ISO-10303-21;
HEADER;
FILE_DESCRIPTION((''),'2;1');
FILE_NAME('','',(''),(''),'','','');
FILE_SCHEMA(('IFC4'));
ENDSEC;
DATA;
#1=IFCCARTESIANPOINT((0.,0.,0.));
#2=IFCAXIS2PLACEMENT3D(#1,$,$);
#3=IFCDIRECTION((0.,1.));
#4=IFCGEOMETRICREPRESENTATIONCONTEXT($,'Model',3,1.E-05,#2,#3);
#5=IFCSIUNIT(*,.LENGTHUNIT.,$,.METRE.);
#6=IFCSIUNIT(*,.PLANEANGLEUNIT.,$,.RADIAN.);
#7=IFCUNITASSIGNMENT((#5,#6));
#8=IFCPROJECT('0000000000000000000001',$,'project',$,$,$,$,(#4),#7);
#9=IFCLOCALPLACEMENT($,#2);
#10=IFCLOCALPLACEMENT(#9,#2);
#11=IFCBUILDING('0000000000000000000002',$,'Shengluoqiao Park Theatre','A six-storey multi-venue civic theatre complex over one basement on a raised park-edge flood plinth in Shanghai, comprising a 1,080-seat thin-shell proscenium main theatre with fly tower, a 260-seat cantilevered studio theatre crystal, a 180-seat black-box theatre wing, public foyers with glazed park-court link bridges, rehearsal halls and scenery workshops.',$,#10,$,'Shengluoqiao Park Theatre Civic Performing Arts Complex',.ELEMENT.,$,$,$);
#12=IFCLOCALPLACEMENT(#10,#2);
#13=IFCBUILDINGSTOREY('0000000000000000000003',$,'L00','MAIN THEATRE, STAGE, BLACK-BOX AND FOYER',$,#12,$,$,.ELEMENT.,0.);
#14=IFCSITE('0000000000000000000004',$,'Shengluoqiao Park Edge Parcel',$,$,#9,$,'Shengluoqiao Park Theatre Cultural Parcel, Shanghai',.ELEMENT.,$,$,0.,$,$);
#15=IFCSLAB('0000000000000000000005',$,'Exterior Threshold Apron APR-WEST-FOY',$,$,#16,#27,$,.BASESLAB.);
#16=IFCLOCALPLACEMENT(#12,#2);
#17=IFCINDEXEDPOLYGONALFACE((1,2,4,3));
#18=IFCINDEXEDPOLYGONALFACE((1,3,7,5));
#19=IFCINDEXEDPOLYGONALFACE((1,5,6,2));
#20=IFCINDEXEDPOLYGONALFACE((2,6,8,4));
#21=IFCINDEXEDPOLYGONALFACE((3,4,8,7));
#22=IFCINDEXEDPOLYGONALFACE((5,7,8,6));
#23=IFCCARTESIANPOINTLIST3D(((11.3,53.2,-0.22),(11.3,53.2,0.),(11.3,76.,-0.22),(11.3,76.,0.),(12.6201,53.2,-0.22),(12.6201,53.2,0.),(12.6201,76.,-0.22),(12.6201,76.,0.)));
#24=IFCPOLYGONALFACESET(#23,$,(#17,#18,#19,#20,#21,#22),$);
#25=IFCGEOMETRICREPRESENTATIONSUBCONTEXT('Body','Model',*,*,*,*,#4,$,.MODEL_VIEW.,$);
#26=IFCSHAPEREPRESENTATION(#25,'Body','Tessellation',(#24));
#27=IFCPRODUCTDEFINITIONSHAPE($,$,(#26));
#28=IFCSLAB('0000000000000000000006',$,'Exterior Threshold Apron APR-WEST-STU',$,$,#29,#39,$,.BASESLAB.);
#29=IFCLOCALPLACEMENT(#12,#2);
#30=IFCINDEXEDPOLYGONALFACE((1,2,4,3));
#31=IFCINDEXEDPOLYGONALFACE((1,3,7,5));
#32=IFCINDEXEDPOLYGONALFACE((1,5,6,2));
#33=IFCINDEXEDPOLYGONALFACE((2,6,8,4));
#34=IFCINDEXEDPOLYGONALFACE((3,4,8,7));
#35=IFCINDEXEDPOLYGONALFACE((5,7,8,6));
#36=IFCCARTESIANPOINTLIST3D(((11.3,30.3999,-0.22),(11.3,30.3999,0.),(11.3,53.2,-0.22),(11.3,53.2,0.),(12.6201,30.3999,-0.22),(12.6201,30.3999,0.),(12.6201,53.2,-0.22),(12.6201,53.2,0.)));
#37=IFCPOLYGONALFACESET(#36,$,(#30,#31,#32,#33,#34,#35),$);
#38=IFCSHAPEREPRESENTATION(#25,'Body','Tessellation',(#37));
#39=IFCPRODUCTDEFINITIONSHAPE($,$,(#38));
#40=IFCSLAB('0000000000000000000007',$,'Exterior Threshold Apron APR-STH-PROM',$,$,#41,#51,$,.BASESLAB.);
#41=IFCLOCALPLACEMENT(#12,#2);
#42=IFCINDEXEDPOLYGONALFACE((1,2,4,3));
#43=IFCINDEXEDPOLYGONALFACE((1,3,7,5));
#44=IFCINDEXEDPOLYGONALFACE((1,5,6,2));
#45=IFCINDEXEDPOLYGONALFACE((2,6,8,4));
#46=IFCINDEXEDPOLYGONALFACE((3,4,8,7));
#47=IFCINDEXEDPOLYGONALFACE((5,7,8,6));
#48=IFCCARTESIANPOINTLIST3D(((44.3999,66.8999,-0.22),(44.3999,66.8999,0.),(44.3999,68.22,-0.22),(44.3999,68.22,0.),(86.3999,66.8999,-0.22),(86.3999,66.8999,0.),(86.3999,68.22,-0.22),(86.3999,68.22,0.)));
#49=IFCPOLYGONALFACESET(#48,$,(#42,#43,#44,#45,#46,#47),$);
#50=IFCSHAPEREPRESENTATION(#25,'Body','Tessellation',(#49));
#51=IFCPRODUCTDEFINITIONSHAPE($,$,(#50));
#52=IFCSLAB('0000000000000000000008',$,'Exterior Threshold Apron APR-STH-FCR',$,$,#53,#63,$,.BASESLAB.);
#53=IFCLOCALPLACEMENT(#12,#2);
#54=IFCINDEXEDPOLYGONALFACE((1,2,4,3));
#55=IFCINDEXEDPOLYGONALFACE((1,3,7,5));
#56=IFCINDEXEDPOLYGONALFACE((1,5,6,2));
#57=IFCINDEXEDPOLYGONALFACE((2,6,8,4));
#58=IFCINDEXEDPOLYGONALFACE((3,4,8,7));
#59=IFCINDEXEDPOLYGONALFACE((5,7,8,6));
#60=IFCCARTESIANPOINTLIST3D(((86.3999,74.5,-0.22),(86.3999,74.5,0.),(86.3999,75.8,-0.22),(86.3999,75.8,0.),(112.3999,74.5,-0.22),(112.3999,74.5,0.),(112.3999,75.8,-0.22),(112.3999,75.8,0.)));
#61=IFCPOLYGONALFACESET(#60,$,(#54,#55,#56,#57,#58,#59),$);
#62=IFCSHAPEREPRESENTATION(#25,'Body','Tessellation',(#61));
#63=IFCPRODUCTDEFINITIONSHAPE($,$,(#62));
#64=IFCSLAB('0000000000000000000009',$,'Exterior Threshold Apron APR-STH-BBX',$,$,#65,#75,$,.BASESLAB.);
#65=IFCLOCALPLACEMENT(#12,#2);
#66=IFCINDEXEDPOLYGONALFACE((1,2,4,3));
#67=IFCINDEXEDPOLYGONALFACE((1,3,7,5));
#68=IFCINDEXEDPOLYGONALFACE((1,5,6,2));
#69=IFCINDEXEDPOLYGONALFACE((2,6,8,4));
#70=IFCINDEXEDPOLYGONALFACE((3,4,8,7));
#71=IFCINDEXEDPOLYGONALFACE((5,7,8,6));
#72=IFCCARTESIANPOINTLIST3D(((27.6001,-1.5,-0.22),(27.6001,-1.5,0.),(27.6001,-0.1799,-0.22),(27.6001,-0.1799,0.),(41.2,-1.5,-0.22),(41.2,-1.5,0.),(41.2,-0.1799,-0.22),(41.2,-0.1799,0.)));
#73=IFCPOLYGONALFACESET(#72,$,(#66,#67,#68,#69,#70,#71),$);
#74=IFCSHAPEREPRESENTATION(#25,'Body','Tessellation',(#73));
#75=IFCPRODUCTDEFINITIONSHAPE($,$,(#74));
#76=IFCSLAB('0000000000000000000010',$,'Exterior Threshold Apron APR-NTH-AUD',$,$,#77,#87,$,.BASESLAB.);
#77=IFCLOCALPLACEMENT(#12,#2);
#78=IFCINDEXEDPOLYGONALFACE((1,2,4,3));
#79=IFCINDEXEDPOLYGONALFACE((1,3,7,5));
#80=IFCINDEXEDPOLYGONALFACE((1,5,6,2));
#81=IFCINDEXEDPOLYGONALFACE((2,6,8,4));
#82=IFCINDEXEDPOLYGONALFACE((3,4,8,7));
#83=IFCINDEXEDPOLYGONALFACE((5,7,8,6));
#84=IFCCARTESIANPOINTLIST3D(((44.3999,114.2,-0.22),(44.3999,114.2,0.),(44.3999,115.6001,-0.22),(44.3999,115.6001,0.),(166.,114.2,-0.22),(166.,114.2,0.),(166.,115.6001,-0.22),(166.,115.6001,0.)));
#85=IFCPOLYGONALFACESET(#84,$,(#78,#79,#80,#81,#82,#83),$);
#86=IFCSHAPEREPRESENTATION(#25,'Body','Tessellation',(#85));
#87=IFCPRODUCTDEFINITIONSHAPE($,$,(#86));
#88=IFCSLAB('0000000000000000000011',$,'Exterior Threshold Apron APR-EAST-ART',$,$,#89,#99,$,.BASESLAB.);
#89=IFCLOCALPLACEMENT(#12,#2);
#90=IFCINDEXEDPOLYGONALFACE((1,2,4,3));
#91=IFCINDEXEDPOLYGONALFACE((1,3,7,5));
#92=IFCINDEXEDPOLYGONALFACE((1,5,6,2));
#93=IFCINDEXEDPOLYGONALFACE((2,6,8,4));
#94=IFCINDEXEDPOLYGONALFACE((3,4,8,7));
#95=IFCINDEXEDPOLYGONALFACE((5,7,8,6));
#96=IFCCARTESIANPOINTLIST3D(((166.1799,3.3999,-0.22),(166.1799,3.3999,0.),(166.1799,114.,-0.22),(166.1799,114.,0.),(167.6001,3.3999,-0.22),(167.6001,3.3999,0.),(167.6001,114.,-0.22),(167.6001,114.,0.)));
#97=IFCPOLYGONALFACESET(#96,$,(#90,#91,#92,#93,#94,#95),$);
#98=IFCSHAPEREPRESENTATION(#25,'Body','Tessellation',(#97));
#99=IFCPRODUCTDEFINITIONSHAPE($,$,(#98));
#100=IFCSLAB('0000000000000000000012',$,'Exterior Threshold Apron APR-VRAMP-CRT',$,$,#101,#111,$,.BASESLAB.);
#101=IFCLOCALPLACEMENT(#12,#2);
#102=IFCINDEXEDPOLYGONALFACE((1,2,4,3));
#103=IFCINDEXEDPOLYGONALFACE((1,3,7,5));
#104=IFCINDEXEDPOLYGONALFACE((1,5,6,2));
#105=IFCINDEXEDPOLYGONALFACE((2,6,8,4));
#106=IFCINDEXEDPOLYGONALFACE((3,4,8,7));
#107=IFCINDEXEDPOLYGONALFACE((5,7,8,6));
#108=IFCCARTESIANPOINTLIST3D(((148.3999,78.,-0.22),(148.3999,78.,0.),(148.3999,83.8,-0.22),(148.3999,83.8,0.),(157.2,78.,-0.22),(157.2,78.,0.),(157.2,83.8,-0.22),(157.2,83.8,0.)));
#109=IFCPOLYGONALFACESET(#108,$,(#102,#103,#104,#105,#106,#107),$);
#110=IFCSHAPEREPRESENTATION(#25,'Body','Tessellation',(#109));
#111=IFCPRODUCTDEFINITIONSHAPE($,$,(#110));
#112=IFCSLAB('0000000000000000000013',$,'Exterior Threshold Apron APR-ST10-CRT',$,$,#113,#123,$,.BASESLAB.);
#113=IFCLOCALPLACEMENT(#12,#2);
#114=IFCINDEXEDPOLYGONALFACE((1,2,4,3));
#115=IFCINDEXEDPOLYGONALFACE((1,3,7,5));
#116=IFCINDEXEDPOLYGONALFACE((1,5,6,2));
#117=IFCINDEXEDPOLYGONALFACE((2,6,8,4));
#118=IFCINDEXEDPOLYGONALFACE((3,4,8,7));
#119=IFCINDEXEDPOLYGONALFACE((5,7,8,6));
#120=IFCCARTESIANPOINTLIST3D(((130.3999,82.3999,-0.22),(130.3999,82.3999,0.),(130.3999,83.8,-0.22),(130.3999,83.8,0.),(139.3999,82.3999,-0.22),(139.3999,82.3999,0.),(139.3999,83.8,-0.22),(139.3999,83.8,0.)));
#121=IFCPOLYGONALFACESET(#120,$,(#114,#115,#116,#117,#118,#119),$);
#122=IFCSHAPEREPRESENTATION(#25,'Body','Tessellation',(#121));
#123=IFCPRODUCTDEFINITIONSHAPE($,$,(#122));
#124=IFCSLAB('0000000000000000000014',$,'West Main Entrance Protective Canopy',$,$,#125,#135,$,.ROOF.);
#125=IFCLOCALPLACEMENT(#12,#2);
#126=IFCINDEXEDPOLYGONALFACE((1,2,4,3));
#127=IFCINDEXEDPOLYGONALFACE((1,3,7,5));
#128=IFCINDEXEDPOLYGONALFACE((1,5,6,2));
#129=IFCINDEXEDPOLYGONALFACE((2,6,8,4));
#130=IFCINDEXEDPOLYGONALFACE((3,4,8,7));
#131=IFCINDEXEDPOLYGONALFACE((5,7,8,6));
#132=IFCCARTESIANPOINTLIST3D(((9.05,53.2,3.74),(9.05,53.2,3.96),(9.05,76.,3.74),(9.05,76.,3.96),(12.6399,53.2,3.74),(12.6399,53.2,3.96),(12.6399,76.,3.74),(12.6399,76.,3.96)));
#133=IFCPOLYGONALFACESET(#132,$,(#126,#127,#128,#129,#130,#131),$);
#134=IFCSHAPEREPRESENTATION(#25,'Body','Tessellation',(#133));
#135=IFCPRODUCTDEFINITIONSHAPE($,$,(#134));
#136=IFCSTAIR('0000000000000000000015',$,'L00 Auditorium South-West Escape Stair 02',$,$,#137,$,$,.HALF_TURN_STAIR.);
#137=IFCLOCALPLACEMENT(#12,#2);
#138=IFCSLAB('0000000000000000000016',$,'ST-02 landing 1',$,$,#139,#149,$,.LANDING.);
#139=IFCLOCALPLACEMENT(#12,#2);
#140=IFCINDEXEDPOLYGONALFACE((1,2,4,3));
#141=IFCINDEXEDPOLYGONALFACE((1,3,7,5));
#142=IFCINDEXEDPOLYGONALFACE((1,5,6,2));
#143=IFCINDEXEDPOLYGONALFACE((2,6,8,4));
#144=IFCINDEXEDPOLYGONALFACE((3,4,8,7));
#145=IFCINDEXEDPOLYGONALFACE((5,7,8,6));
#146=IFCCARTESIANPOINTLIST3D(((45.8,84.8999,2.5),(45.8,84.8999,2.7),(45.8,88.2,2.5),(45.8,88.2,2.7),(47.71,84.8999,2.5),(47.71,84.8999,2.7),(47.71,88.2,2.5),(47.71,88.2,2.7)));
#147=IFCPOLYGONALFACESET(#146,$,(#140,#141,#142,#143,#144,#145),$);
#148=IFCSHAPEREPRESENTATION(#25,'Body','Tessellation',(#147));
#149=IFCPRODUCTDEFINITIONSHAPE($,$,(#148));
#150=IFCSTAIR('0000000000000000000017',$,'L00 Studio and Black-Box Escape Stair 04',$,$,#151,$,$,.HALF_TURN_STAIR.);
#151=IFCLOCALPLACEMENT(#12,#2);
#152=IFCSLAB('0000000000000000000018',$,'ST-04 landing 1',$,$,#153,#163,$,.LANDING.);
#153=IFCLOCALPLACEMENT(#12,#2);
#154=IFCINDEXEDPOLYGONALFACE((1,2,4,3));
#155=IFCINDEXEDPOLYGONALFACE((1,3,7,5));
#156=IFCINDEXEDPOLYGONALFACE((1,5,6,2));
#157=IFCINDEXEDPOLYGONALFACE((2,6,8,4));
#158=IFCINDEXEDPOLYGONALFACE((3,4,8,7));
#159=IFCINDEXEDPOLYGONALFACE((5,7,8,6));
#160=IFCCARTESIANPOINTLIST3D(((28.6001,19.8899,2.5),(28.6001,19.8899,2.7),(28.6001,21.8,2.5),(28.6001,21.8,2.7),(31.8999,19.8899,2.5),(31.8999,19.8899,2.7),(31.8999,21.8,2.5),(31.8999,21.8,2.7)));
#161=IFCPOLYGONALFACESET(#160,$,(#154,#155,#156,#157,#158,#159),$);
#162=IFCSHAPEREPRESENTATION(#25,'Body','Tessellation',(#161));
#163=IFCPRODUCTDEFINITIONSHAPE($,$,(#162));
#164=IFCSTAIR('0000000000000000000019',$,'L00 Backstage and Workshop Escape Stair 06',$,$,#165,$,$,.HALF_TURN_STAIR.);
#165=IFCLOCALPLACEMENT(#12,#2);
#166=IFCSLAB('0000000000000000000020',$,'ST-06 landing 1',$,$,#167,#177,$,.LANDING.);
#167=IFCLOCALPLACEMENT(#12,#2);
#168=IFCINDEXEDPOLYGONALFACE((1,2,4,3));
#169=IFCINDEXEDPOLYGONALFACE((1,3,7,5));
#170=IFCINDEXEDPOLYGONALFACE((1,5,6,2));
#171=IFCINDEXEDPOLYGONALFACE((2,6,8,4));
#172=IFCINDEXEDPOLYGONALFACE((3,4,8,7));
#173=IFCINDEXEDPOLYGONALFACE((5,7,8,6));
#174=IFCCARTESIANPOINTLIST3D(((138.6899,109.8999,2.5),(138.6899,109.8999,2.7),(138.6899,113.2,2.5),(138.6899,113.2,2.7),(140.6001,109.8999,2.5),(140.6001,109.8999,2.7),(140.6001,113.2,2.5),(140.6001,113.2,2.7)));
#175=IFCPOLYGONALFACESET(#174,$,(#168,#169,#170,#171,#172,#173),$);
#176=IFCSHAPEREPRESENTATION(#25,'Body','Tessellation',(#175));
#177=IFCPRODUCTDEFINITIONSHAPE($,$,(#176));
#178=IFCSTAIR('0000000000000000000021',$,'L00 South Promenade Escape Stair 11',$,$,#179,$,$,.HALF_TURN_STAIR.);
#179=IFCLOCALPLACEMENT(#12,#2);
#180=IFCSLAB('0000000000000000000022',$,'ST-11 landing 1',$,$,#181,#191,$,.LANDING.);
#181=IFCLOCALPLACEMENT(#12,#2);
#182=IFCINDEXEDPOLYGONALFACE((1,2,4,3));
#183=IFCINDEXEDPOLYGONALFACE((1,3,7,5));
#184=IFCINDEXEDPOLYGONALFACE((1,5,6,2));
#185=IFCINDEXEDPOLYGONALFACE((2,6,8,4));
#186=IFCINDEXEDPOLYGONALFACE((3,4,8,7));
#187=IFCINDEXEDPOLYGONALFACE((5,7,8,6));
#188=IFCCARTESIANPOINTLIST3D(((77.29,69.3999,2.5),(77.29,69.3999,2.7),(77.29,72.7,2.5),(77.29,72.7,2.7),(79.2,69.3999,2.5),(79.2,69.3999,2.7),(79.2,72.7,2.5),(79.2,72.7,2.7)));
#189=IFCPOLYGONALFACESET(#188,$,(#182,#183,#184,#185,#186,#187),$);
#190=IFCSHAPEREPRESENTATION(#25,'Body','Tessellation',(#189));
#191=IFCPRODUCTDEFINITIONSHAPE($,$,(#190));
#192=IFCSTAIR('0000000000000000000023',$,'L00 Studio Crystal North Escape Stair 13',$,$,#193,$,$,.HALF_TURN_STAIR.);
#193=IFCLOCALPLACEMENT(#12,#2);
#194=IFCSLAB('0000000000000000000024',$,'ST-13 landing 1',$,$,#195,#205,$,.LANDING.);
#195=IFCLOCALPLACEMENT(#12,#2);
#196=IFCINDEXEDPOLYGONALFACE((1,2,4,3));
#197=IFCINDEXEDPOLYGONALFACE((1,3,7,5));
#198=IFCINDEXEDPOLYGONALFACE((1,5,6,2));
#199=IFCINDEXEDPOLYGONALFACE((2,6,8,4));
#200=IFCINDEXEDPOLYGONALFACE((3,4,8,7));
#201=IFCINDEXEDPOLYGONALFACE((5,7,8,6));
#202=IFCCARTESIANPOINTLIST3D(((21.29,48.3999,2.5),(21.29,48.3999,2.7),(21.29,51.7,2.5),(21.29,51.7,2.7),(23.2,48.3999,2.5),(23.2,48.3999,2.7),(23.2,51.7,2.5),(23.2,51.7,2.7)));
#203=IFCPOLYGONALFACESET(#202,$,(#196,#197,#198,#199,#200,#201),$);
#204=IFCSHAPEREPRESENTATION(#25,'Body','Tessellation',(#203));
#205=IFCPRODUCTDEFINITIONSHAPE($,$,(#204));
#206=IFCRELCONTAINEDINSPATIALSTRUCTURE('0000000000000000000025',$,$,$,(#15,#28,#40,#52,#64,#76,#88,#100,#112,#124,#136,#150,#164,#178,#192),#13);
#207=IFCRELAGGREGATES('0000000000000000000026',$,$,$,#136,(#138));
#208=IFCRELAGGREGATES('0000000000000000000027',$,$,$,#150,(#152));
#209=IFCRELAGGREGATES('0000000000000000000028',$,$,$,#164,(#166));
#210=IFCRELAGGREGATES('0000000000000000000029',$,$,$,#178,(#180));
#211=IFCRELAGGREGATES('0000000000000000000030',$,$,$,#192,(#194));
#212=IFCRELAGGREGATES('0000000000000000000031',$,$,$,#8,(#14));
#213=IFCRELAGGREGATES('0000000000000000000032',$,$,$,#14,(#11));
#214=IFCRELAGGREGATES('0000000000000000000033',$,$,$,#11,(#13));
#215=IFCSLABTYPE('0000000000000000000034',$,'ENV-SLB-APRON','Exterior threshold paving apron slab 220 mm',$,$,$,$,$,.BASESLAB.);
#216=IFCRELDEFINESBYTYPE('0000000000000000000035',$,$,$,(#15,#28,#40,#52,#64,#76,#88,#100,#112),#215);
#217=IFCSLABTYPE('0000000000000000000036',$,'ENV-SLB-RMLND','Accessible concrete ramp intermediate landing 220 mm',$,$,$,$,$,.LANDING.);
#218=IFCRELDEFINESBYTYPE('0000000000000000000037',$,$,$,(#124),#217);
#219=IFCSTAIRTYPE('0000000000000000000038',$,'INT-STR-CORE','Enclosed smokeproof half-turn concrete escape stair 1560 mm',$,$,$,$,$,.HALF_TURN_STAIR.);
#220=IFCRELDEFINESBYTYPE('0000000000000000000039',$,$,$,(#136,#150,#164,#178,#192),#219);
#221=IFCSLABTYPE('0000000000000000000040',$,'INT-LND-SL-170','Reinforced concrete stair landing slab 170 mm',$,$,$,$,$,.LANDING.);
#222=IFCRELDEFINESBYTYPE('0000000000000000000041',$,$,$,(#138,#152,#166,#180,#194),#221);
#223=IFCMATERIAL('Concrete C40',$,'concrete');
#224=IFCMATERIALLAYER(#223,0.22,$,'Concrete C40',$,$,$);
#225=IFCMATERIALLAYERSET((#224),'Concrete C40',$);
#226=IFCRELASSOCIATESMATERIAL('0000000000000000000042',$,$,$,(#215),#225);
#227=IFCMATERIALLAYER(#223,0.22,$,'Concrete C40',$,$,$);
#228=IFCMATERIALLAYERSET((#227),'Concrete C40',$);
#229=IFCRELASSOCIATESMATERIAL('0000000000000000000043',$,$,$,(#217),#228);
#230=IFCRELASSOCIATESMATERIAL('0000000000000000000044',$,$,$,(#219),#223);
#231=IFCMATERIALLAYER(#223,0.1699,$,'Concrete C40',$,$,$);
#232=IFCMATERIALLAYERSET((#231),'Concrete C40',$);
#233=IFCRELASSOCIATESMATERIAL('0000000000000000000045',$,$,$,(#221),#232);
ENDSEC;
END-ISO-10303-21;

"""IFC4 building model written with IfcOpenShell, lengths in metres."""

from ifc_helpers import new_model, si_unit, direction, frame, origin, place, context, subcontext, project, spatial, polyline, outline, extrude, material, layer, layer_set, type_object, element, aggregate, save


model = new_model("IFC4")

# Units and contexts
model_context = context("Model", 3, precision=1e-05, world=origin(), true_north=direction((0.0, 1.0)))
body_context = subcontext(model_context, "Body", "Model", "MODEL_VIEW")
ifc_project = project(units=[si_unit("LENGTHUNIT", "METRE"), si_unit("PLANEANGLEUNIT", "RADIAN")], contexts=[model_context])

# Site, building, storey
site_placement = place(None, origin())
site = spatial("IfcSite", under=ifc_project, at=site_placement, Name="Shengluoqiao Park Edge Parcel", LongName="Shengluoqiao Park Theatre Cultural Parcel, Shanghai", CompositionType="ELEMENT", RefElevation=0.0)
building_placement = place(site_placement, origin())
building = spatial("IfcBuilding", under=site, at=building_placement, Name="Shengluoqiao Park Theatre", Description="A six-storey multi-venue civic theatre complex over one basement on a raised park-edge flood plinth in Shanghai, comprising a 1,080-seat thin-shell proscenium main theatre with fly tower, a 260-seat cantilevered studio theatre crystal, a 180-seat black-box theatre wing, public foyers with glazed park-court link bridges, rehearsal halls and scenery workshops.", LongName="Shengluoqiao Park Theatre Civic Performing Arts Complex", CompositionType="ELEMENT")
storey_placement = place(building_placement, origin())
storey = spatial("IfcBuildingStorey", under=building, at=storey_placement, Name="L00", Description="MAIN THEATRE, STAGE, BLACK-BOX AND FOYER", CompositionType="ELEMENT", Elevation=0.0)

# Slabs
ifc_material_1 = material(Name="Concrete C40", Category="concrete")
ifc_layer_1 = layer(ifc_material_1, 0.22, Name="Concrete C40")
ifc_layer_set_1 = layer_set([ifc_layer_1], Name="Concrete C40")
slab_type_1 = type_object("IfcSlabType", Name="ENV-SLB-APRON", Description="Exterior threshold paving apron slab 220 mm", PredefinedType="BASESLAB", material=ifc_layer_set_1)
slab_1_placement = place(storey_placement, frame((0.0, 0.0, -0.22)))
element("IfcSlab", 1, at=slab_1_placement, inside=storey, type_object=slab_type_1, Name="Exterior Threshold Apron APR-WEST-FOY", PredefinedType="BASESLAB", context=body_context, shape_type="SweptSolid", body=[
    extrude(outline(polyline([(11.3, 53.2), (12.6201, 53.2), (12.6201, 76.0), (11.3, 76.0), (11.3, 53.2)])), origin(), (0.0, 0.0, 1.0), 0.22),
])
slab_2_placement = place(storey_placement, frame((0.0, 0.0, -0.22)))
element("IfcSlab", 2, at=slab_2_placement, inside=storey, type_object=slab_type_1, Name="Exterior Threshold Apron APR-WEST-STU", PredefinedType="BASESLAB", context=body_context, shape_type="SweptSolid", body=[
    extrude(outline(polyline([(11.3, 30.3999), (12.6201, 30.3999), (12.6201, 53.2), (11.3, 53.2), (11.3, 30.3999)])), origin(), (0.0, 0.0, 1.0), 0.22),
])
slab_3_placement = place(storey_placement, frame((0.0, 0.0, -0.22)))
element("IfcSlab", 3, at=slab_3_placement, inside=storey, type_object=slab_type_1, Name="Exterior Threshold Apron APR-STH-PROM", PredefinedType="BASESLAB", context=body_context, shape_type="SweptSolid", body=[
    extrude(outline(polyline([(44.3999, 66.8999), (86.3999, 66.8999), (86.3999, 68.22), (44.3999, 68.22), (44.3999, 66.8999)])), origin(), (0.0, 0.0, 1.0), 0.22),
])
slab_4_placement = place(storey_placement, frame((0.0, 0.0, -0.22)))
element("IfcSlab", 4, at=slab_4_placement, inside=storey, type_object=slab_type_1, Name="Exterior Threshold Apron APR-STH-FCR", PredefinedType="BASESLAB", context=body_context, shape_type="SweptSolid", body=[
    extrude(outline(polyline([(86.3999, 74.5), (112.3999, 74.5), (112.3999, 75.8), (86.3999, 75.8), (86.3999, 74.5)])), origin(), (0.0, 0.0, 1.0), 0.22),
])
slab_5_placement = place(storey_placement, frame((0.0, 0.0, -0.22)))
element("IfcSlab", 5, at=slab_5_placement, inside=storey, type_object=slab_type_1, Name="Exterior Threshold Apron APR-STH-BBX", PredefinedType="BASESLAB", context=body_context, shape_type="SweptSolid", body=[
    extrude(outline(polyline([(27.6001, -1.5), (41.2, -1.5), (41.2, -0.1799), (27.6001, -0.1799), (27.6001, -1.5)])), origin(), (0.0, 0.0, 1.0), 0.22),
])
slab_6_placement = place(storey_placement, frame((0.0, 0.0, -0.22)))
element("IfcSlab", 6, at=slab_6_placement, inside=storey, type_object=slab_type_1, Name="Exterior Threshold Apron APR-NTH-AUD", PredefinedType="BASESLAB", context=body_context, shape_type="SweptSolid", body=[
    extrude(outline(polyline([(44.3999, 114.2), (166.0, 114.2), (166.0, 115.6001), (44.3999, 115.6001), (44.3999, 114.2)])), origin(), (0.0, 0.0, 1.0), 0.22),
])
slab_7_placement = place(storey_placement, frame((0.0, 0.0, -0.22)))
element("IfcSlab", 7, at=slab_7_placement, inside=storey, type_object=slab_type_1, Name="Exterior Threshold Apron APR-EAST-ART", PredefinedType="BASESLAB", context=body_context, shape_type="SweptSolid", body=[
    extrude(outline(polyline([(166.1799, 3.3999), (167.6001, 3.3999), (167.6001, 114.0), (166.1799, 114.0), (166.1799, 3.3999)])), origin(), (0.0, 0.0, 1.0), 0.22),
])
slab_8_placement = place(storey_placement, frame((0.0, 0.0, -0.22)))
element("IfcSlab", 8, at=slab_8_placement, inside=storey, type_object=slab_type_1, Name="Exterior Threshold Apron APR-VRAMP-CRT", PredefinedType="BASESLAB", context=body_context, shape_type="SweptSolid", body=[
    extrude(outline(polyline([(148.3999, 78.0), (157.2, 78.0), (157.2, 83.8), (148.3999, 83.8), (148.3999, 78.0)])), origin(), (0.0, 0.0, 1.0), 0.22),
])
slab_9_placement = place(storey_placement, frame((0.0, 0.0, -0.22)))
element("IfcSlab", 9, at=slab_9_placement, inside=storey, type_object=slab_type_1, Name="Exterior Threshold Apron APR-ST10-CRT", PredefinedType="BASESLAB", context=body_context, shape_type="SweptSolid", body=[
    extrude(outline(polyline([(130.3999, 82.3999), (139.3999, 82.3999), (139.3999, 83.8), (130.3999, 83.8), (130.3999, 82.3999)])), origin(), (0.0, 0.0, 1.0), 0.22),
])
ifc_layer_2 = layer(ifc_material_1, 0.22, Name="Concrete C40")
ifc_layer_set_2 = layer_set([ifc_layer_2], Name="Concrete C40")
slab_type_2 = type_object("IfcSlabType", Name="ENV-SLB-RMLND", Description="Accessible concrete ramp intermediate landing 220 mm", PredefinedType="LANDING", material=ifc_layer_set_2)
slab_10_placement = place(storey_placement, frame((0.0, 0.0, 3.74)))
element("IfcSlab", 10, at=slab_10_placement, inside=storey, type_object=slab_type_2, Name="West Main Entrance Protective Canopy", PredefinedType="ROOF", context=body_context, shape_type="SweptSolid", body=[
    extrude(outline(polyline([(9.05, 53.2), (12.6399, 53.2), (12.6399, 76.0), (9.05, 76.0), (9.05, 53.2)])), origin(), (0.0, 0.0, 1.0), 0.22),
])

# Stairs, slabs
stair_type_1 = type_object("IfcStairType", Name="INT-STR-CORE", Description="Enclosed smokeproof half-turn concrete escape stair 1560 mm", PredefinedType="HALF_TURN_STAIR", material=ifc_material_1)
stair_1_placement = place(storey_placement, origin())
stair_1 = element("IfcStair", 11, at=stair_1_placement, inside=storey, type_object=stair_type_1, Name="L00 Auditorium South-West Escape Stair 02", PredefinedType="HALF_TURN_STAIR")
ifc_layer_3 = layer(ifc_material_1, 0.1699, Name="Concrete C40")
ifc_layer_set_3 = layer_set([ifc_layer_3], Name="Concrete C40")
slab_type_3 = type_object("IfcSlabType", Name="INT-LND-SL-170", Description="Reinforced concrete stair landing slab 170 mm", PredefinedType="LANDING", material=ifc_layer_set_3)
slab_11_placement = place(storey_placement, frame((0.0, 0.0, 2.5)))
slab_11 = element("IfcSlab", 12, at=slab_11_placement, type_object=slab_type_3, Name="ST-02 landing 1", PredefinedType="LANDING", context=body_context, shape_type="SweptSolid", body=[
    extrude(outline(polyline([(47.71, 88.2), (45.8, 88.2), (45.8, 84.8999), (47.71, 84.8999), (47.71, 88.2)])), origin(), (0.0, 0.0, 1.0), 0.2),
])
aggregate(stair_1, [slab_11])
stair_2_placement = place(storey_placement, origin())
stair_2 = element("IfcStair", 13, at=stair_2_placement, inside=storey, type_object=stair_type_1, Name="L00 Studio and Black-Box Escape Stair 04", PredefinedType="HALF_TURN_STAIR")
slab_12_placement = place(storey_placement, frame((0.0, 0.0, 2.5)))
slab_12 = element("IfcSlab", 14, at=slab_12_placement, type_object=slab_type_3, Name="ST-04 landing 1", PredefinedType="LANDING", context=body_context, shape_type="SweptSolid", body=[
    extrude(outline(polyline([(31.8999, 19.8899), (31.8999, 21.8), (28.6001, 21.8), (28.6001, 19.8899), (31.8999, 19.8899)])), origin(), (0.0, 0.0, 1.0), 0.2),
])
aggregate(stair_2, [slab_12])
stair_3_placement = place(storey_placement, origin())
stair_3 = element("IfcStair", 15, at=stair_3_placement, inside=storey, type_object=stair_type_1, Name="L00 Backstage and Workshop Escape Stair 06", PredefinedType="HALF_TURN_STAIR")
slab_13_placement = place(storey_placement, frame((0.0, 0.0, 2.5)))
slab_13 = element("IfcSlab", 16, at=slab_13_placement, type_object=slab_type_3, Name="ST-06 landing 1", PredefinedType="LANDING", context=body_context, shape_type="SweptSolid", body=[
    extrude(outline(polyline([(138.6899, 109.8999), (140.6001, 109.8999), (140.6001, 113.2), (138.6899, 113.2), (138.6899, 109.8999)])), origin(), (0.0, 0.0, 1.0), 0.2),
])
aggregate(stair_3, [slab_13])
stair_4_placement = place(storey_placement, origin())
stair_4 = element("IfcStair", 17, at=stair_4_placement, inside=storey, type_object=stair_type_1, Name="L00 South Promenade Escape Stair 11", PredefinedType="HALF_TURN_STAIR")
slab_14_placement = place(storey_placement, frame((0.0, 0.0, 2.5)))
slab_14 = element("IfcSlab", 18, at=slab_14_placement, type_object=slab_type_3, Name="ST-11 landing 1", PredefinedType="LANDING", context=body_context, shape_type="SweptSolid", body=[
    extrude(outline(polyline([(77.29, 69.3999), (79.2, 69.3999), (79.2, 72.7), (77.29, 72.7), (77.29, 69.3999)])), origin(), (0.0, 0.0, 1.0), 0.2),
])
aggregate(stair_4, [slab_14])
stair_5_placement = place(storey_placement, origin())
stair_5 = element("IfcStair", 19, at=stair_5_placement, inside=storey, type_object=stair_type_1, Name="L00 Studio Crystal North Escape Stair 13", PredefinedType="HALF_TURN_STAIR")
slab_15_placement = place(storey_placement, frame((0.0, 0.0, 2.5)))
slab_15 = element("IfcSlab", 20, at=slab_15_placement, type_object=slab_type_3, Name="ST-13 landing 1", PredefinedType="LANDING", context=body_context, shape_type="SweptSolid", body=[
    extrude(outline(polyline([(21.29, 48.3999), (23.2, 48.3999), (23.2, 51.7), (21.29, 51.7), (21.29, 48.3999)])), origin(), (0.0, 0.0, 1.0), 0.2),
])
aggregate(stair_5, [slab_15])

save(model, "model.ifc")
